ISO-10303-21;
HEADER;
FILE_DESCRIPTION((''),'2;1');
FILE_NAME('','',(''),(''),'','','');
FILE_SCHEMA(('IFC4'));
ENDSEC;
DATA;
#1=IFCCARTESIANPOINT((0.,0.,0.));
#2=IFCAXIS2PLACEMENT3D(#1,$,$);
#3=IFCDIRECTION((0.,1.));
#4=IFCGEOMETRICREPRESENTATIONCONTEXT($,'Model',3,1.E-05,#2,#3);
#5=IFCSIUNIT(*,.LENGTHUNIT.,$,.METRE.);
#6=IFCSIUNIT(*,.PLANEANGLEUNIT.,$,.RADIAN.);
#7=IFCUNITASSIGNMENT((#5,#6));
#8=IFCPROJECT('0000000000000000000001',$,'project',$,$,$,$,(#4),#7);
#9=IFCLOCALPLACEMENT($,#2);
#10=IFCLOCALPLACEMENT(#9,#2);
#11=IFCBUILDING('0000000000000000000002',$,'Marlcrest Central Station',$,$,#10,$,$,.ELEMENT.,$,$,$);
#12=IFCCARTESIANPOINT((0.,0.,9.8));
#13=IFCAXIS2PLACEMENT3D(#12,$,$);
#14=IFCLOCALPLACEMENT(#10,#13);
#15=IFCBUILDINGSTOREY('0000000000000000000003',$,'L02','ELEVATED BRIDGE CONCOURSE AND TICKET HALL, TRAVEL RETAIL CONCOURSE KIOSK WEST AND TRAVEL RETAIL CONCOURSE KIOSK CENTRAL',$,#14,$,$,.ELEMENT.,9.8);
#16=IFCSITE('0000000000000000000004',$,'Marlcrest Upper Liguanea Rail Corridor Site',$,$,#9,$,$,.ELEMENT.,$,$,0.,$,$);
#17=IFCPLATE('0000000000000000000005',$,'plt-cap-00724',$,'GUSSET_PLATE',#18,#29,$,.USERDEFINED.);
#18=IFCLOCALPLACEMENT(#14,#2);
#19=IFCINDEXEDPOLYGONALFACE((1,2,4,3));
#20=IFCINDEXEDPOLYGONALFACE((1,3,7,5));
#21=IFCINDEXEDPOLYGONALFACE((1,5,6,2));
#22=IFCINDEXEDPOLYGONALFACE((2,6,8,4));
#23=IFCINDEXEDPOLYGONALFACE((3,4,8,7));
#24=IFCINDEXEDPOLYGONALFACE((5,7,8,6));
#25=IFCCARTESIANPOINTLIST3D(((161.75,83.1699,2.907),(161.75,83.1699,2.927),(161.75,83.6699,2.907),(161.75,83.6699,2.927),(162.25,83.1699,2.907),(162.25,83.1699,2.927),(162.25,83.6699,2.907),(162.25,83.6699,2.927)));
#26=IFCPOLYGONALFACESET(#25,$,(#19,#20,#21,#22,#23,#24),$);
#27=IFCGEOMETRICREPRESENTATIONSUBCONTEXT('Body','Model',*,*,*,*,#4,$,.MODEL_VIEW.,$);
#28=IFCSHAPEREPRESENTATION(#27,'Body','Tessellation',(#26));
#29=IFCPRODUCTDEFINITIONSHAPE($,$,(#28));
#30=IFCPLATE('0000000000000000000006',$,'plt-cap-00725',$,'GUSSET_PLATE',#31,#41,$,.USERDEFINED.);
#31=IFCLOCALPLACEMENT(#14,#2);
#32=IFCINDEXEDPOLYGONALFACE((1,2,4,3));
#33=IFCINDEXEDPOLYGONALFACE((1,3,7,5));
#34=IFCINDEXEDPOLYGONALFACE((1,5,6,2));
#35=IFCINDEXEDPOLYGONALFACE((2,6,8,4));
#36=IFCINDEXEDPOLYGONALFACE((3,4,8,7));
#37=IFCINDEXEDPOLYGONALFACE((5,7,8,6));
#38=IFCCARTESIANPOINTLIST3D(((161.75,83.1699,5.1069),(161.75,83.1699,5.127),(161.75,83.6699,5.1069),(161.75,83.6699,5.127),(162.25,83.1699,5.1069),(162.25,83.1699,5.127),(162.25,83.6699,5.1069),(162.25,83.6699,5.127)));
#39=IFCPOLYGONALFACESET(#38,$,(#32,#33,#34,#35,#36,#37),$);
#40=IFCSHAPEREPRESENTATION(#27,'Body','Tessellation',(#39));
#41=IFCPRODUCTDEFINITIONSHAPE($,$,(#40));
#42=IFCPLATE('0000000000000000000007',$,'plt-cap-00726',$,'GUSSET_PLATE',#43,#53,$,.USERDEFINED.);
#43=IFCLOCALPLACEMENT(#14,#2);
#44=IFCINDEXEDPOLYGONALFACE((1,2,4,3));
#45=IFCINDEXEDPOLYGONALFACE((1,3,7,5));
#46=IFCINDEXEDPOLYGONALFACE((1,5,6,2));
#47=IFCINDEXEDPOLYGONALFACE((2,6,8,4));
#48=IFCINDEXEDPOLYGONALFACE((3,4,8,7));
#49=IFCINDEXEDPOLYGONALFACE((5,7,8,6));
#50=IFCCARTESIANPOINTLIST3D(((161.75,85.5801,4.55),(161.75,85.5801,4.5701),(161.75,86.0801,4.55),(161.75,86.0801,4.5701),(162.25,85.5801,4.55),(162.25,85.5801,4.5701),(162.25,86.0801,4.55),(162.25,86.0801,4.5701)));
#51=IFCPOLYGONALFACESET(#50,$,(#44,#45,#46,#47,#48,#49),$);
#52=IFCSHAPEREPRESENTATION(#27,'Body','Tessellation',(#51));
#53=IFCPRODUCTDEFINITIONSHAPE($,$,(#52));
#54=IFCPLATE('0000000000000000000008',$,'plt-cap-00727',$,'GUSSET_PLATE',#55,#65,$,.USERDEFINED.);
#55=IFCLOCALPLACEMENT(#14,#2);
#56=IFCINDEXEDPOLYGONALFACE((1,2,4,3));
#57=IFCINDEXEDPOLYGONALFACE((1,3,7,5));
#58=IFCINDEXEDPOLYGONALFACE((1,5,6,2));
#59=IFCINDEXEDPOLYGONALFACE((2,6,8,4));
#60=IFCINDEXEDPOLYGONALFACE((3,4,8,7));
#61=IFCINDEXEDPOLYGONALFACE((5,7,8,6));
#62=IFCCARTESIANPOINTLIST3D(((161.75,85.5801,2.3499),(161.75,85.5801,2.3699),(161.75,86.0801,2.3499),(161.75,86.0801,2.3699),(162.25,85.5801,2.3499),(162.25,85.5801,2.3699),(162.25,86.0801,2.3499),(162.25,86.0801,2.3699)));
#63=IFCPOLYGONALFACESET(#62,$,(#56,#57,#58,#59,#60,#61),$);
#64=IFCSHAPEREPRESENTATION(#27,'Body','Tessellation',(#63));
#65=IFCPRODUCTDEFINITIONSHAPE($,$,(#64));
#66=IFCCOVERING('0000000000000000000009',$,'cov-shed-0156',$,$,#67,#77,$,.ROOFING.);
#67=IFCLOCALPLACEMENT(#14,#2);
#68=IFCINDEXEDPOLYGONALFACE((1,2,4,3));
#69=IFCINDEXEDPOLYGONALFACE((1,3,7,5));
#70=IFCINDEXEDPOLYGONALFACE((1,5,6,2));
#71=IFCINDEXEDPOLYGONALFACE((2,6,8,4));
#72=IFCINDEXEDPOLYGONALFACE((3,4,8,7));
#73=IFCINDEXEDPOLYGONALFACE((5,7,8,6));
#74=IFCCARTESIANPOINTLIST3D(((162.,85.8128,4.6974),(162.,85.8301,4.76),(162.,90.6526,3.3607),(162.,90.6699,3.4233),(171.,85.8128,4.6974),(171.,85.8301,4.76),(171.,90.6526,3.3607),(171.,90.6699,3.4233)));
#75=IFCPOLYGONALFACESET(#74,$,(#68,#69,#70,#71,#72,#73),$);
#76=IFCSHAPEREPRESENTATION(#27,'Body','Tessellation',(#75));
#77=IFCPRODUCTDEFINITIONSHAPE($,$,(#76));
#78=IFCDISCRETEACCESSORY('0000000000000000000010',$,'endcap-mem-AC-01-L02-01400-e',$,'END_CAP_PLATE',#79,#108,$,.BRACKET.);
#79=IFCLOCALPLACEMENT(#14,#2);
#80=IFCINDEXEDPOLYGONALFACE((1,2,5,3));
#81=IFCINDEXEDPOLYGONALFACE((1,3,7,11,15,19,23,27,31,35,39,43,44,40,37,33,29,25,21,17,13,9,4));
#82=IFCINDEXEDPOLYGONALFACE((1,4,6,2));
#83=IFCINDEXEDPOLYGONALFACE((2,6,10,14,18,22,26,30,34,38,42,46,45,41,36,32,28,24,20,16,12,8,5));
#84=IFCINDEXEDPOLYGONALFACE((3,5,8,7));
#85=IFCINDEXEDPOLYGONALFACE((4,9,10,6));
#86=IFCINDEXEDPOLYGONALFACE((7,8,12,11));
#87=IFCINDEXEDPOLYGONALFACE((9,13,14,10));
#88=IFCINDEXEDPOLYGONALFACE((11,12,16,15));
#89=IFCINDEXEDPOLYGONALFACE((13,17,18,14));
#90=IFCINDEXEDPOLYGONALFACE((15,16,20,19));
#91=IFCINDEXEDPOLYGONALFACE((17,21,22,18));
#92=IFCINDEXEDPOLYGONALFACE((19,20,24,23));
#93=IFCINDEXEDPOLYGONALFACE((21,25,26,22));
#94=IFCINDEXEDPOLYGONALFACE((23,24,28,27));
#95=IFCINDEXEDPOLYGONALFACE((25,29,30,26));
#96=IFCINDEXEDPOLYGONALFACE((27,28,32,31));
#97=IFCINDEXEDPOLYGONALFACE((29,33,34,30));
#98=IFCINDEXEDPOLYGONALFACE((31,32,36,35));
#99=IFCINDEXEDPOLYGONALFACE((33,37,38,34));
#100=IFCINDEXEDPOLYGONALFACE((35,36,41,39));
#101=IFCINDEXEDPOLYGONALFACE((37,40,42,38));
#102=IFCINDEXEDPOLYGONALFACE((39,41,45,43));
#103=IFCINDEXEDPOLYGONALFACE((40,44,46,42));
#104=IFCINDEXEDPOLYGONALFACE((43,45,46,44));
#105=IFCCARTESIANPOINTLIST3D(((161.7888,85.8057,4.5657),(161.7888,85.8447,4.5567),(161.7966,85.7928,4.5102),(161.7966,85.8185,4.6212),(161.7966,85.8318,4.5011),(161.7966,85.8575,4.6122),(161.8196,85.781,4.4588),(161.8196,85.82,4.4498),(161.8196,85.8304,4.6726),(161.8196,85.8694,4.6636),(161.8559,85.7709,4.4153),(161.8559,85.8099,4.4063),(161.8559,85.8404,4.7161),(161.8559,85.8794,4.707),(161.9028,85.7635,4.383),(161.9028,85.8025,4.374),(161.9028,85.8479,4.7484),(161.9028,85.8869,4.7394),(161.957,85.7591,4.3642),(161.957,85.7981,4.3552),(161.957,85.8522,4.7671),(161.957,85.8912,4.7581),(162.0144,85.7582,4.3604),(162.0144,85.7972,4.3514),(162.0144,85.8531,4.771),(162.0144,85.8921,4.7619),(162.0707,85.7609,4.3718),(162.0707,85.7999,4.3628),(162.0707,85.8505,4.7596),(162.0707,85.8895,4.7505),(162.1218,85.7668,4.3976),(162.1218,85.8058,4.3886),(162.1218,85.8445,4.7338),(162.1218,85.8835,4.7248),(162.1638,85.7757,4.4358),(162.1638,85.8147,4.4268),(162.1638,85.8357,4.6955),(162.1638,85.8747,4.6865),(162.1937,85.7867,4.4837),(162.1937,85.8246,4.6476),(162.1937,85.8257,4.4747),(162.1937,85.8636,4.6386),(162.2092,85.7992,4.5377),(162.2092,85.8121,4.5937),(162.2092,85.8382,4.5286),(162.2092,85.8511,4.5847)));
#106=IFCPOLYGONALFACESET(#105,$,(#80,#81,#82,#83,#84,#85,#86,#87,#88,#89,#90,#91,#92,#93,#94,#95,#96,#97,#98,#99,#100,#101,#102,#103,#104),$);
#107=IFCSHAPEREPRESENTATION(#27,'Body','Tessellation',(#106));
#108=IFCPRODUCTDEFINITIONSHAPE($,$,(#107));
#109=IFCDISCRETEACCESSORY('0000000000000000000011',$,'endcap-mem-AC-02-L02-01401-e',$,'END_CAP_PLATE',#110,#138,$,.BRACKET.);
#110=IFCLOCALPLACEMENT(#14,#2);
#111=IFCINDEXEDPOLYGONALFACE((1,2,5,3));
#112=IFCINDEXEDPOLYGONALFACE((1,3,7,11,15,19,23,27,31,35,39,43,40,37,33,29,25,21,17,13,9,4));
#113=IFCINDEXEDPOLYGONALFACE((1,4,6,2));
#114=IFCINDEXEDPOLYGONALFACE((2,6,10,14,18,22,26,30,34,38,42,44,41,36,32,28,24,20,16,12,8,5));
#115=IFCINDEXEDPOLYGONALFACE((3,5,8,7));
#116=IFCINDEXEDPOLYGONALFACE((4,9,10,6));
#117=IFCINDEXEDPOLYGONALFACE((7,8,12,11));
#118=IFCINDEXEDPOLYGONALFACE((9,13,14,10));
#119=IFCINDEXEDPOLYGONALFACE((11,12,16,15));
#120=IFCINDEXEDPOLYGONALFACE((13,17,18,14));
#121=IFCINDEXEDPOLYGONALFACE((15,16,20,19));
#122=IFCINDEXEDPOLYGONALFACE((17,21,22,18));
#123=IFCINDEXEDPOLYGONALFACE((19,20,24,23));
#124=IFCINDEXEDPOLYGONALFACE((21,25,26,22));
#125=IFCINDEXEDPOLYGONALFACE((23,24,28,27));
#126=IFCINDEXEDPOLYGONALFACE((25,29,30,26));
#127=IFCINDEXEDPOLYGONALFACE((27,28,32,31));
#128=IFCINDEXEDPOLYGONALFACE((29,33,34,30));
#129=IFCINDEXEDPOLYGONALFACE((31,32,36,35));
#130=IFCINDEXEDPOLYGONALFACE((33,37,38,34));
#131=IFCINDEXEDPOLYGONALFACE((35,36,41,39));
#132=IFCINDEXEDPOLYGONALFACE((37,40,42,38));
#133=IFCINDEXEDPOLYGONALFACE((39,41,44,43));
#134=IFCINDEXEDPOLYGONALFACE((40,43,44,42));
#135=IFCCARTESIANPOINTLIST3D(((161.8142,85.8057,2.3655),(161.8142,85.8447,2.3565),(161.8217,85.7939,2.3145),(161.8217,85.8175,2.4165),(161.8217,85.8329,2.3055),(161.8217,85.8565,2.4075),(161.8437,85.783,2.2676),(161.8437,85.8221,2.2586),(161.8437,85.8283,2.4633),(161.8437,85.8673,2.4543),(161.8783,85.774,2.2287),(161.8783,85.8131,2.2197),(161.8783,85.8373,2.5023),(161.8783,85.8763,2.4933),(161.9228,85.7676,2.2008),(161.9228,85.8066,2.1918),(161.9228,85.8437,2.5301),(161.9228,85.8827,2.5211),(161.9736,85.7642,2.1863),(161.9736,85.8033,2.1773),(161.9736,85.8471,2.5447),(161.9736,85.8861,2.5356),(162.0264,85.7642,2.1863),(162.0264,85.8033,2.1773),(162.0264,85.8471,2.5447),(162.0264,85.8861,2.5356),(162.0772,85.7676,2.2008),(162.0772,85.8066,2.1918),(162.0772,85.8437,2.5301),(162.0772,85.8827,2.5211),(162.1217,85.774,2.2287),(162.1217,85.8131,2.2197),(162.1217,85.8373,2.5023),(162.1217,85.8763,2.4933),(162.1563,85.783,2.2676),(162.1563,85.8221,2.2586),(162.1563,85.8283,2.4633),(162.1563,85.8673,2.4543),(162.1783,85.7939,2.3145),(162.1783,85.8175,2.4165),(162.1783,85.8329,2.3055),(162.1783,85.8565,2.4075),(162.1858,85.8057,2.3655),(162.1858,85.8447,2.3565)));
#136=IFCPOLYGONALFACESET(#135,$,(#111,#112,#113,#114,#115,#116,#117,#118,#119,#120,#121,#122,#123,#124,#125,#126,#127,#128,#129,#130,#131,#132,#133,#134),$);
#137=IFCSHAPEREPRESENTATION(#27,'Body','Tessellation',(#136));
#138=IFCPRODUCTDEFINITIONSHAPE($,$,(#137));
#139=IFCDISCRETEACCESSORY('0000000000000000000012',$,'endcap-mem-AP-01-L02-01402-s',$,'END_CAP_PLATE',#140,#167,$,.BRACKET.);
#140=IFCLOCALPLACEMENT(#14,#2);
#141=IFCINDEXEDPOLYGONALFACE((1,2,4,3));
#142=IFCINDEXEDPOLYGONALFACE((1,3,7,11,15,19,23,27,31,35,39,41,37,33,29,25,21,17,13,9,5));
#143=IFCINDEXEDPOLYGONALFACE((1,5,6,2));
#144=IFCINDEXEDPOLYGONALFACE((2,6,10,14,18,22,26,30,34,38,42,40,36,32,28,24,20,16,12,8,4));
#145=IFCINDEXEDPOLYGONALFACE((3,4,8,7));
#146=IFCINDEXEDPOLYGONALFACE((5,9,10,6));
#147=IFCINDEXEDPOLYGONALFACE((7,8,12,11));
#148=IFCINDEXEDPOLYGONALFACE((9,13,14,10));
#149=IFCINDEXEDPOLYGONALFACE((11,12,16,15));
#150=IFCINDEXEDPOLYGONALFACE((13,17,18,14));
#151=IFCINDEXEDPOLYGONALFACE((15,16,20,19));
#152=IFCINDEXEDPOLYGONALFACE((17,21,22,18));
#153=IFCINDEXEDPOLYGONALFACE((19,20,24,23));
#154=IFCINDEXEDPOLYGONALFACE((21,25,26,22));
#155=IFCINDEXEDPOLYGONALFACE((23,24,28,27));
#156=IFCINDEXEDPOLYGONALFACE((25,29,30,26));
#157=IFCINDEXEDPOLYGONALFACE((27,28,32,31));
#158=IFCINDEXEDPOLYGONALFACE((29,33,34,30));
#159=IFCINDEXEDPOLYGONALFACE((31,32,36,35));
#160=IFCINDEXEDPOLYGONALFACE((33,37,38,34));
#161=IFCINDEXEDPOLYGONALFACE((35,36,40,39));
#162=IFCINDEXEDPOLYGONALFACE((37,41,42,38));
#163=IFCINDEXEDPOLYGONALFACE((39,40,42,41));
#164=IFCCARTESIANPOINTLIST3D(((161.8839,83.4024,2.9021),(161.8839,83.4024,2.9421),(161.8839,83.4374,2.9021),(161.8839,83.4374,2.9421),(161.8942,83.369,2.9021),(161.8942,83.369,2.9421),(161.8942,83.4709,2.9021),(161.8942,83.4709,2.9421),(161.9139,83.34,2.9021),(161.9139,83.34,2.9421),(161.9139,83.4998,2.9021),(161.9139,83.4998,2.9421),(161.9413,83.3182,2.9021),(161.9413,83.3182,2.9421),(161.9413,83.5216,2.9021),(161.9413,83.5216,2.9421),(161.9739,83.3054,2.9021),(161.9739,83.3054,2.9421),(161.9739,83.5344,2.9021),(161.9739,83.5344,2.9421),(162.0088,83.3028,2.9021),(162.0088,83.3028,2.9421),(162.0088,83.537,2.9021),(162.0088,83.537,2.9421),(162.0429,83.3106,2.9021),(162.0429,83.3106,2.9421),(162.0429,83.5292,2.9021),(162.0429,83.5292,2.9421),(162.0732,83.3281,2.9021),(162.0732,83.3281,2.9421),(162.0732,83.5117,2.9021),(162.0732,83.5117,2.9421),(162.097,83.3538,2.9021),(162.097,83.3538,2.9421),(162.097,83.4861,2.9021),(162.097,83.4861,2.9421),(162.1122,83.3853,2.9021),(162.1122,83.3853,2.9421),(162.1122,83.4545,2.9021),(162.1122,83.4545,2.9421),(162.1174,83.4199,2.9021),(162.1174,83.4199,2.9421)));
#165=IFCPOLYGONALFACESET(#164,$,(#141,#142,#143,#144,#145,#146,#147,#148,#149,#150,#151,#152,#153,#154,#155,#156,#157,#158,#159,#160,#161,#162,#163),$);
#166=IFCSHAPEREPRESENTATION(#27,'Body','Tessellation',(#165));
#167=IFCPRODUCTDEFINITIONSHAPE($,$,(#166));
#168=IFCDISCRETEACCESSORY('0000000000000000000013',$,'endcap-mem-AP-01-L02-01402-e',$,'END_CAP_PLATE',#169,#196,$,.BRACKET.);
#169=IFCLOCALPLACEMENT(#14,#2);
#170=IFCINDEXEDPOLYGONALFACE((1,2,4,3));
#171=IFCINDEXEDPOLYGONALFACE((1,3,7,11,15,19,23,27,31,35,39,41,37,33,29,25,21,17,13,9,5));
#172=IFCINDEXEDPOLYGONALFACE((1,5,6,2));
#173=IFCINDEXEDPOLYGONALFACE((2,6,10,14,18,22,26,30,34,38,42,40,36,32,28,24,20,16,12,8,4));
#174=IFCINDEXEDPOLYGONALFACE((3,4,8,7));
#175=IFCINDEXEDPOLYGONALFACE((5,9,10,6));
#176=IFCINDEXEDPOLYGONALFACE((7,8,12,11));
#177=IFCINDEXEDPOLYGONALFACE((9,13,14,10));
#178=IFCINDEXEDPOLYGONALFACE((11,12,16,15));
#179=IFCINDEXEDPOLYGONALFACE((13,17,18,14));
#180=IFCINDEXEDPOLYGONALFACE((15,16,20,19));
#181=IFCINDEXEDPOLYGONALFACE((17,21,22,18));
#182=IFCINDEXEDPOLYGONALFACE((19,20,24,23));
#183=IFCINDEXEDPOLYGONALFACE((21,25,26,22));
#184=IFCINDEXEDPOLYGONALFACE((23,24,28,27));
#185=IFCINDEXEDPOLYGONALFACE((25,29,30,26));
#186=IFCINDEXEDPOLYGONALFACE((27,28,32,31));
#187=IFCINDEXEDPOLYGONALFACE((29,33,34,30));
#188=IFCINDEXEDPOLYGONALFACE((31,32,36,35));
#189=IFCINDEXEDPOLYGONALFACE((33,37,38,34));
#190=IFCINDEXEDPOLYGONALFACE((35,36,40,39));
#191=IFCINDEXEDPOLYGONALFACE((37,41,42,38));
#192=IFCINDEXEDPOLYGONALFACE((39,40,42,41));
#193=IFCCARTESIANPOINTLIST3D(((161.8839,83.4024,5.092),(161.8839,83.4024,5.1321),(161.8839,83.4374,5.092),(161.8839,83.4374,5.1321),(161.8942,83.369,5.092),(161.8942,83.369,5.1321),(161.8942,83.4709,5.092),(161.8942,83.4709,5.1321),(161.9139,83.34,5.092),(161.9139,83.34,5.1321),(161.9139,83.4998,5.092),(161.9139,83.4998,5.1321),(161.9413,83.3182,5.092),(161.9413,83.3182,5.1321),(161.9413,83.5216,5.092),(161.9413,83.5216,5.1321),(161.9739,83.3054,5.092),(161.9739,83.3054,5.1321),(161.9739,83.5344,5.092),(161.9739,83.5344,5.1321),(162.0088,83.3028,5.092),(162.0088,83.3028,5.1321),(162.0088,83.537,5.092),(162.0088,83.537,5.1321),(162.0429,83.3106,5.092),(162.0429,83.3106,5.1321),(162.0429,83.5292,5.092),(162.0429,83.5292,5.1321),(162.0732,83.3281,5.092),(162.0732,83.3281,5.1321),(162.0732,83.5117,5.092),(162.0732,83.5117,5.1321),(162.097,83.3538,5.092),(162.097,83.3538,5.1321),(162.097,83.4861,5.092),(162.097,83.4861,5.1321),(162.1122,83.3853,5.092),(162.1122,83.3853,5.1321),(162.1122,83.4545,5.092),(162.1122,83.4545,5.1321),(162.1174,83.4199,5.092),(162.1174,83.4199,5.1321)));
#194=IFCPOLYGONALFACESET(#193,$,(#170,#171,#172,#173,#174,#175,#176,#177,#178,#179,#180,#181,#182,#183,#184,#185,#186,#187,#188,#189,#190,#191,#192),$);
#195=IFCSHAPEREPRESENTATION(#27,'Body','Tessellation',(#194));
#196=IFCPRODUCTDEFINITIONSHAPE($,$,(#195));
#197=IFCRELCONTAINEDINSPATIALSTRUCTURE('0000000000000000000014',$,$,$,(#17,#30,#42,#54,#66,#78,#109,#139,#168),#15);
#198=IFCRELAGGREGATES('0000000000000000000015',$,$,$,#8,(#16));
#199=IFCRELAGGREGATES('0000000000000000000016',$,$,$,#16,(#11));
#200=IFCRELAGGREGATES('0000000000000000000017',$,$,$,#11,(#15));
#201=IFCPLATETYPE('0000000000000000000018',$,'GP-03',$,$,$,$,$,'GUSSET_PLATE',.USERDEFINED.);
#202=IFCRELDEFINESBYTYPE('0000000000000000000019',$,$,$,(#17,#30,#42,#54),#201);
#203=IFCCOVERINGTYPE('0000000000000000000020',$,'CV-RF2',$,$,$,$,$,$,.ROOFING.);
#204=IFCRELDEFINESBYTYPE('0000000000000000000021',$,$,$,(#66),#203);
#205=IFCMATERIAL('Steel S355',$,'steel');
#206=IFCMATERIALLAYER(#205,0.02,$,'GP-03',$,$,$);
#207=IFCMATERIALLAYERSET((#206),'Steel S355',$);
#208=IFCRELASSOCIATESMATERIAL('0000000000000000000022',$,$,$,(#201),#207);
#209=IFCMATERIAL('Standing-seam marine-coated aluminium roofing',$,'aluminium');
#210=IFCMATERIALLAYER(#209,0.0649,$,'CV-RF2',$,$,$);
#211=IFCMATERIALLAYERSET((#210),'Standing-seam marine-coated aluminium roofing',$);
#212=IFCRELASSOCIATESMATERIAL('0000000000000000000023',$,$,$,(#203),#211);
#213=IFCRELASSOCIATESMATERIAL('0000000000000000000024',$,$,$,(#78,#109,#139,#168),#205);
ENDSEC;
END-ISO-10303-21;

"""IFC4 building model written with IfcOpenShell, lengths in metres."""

from ifc_helpers import new_model, si_unit, direction, frame, origin, origin_2d, place, context, subcontext, project, spatial, polyline, rectangle, circle, outline, extrude, material, layer, layer_set, type_object, element, save


model = new_model("IFC4")

# Units and contexts
model_context = context("Model", 3, precision=1e-05, world=origin(), true_north=direction((0.0, 1.0)))
body_context = subcontext(model_context, "Body", "Model", "MODEL_VIEW")
ifc_project = project(units=[si_unit("LENGTHUNIT", "METRE"), si_unit("PLANEANGLEUNIT", "RADIAN")], contexts=[model_context])

# Site, building, storey
site_placement = place(None, origin())
site = spatial("IfcSite", under=ifc_project, at=site_placement, Name="Marlcrest Upper Liguanea Rail Corridor Site", CompositionType="ELEMENT", RefElevation=0.0)
building_placement = place(site_placement, origin())
building = spatial("IfcBuilding", under=site, at=building_placement, Name="Marlcrest Central Station", CompositionType="ELEMENT")
storey_placement = place(building_placement, frame((0.0, 0.0, 9.8)))
storey = spatial("IfcBuildingStorey", under=building, at=storey_placement, Name="L02", Description="ELEVATED BRIDGE CONCOURSE AND TICKET HALL, TRAVEL RETAIL CONCOURSE KIOSK WEST AND TRAVEL RETAIL CONCOURSE KIOSK CENTRAL", CompositionType="ELEMENT", Elevation=9.8)

# Shared definitions
ifc_material_1 = material(Name="Steel S355", Category="steel")

# Plates
ifc_layer_1 = layer(ifc_material_1, 0.02, Name="GP-03")
ifc_layer_set_1 = layer_set([ifc_layer_1], Name="Steel S355")
plate_type = type_object("IfcPlateType", Name="GP-03", ElementType="GUSSET_PLATE", PredefinedType="USERDEFINED", material=ifc_layer_set_1)
for number, where, z_axis, x_axis, name in (
    (1, (162.0, 83.4199, 2.907), (0.0, 0.0, 1.0), (1.0, 0.0, 0.0), "plt-cap-00724"),
    (2, (162.0, 83.4199, 5.1069), (0.0, 0.0, 1.0), (1.0, 0.0, 0.0), "plt-cap-00725"),
    (3, (162.0, 85.8301, 4.55), (0.0, 0.0, 1.0), (1.0, 0.0, 0.0), "plt-cap-00726"),
    (4, (162.0, 85.8301, 2.3499), (0.0, 0.0, 1.0), (1.0, 0.0, 0.0), "plt-cap-00727"),
):
    element("IfcPlate", number, at=place(storey_placement, frame(where, z_axis=z_axis, x_axis=x_axis)), inside=storey, type_object=plate_type, Name=name, ObjectType="GUSSET_PLATE", PredefinedType="USERDEFINED", context=body_context, shape_type="SweptSolid", body=[
        extrude(rectangle(XDim=0.5, YDim=0.5, at=origin_2d()), origin(), (0.0, 0.0, 1.0), 0.02),
    ])

# Covering
ifc_material_2 = material(Name="Standing-seam marine-coated aluminium roofing", Category="aluminium")
ifc_layer_2 = layer(ifc_material_2, 0.0649, Name="CV-RF2")
ifc_layer_set_2 = layer_set([ifc_layer_2], Name="Standing-seam marine-coated aluminium roofing")
covering_type = type_object("IfcCoveringType", Name="CV-RF2", PredefinedType="ROOFING", material=ifc_layer_set_2)
covering_placement = place(storey_placement, frame((162.0, 85.8301, 4.76), z_axis=(0.0, 0.266214, 0.963914), x_axis=(1.0, 0.0, 0.0)))
element("IfcCovering", 5, at=covering_placement, inside=storey, type_object=covering_type, Name="cov-shed-0156", PredefinedType="ROOFING", context=body_context, shape_type="SweptSolid", body=[
    extrude(outline(polyline([(0.0, 0.0), (9.0, 0.0), (9.0, 5.021), (0.0, 5.021), (0.0, 0.0)])), origin(), (0.0, 0.0, -1.0), 0.0649),
])

# Discrete accessories
discrete_accessory_1_placement = place(storey_placement, frame((162.0, 85.8057, 4.5657), z_axis=(0.0, 0.97433, -0.225126), x_axis=(-1.0, 0.0, 0.0)))
element("IfcDiscreteAccessory", 6, at=discrete_accessory_1_placement, inside=storey, material=ifc_material_1, Name="endcap-mem-AC-01-L02-01400-e", ObjectType="END_CAP_PLATE", PredefinedType="BRACKET", context=body_context, shape_type="SweptSolid", body=[
    extrude(circle(Radius=0.2112, at=origin_2d()), origin(), (0.0, 0.0, 1.0), 0.04),
])
discrete_accessory_2_placement = place(storey_placement, frame((162.0, 85.8057, 2.3655), z_axis=(0.0, 0.974308, -0.22522), x_axis=(-1.0, 0.0, 0.0)))
element("IfcDiscreteAccessory", 7, at=discrete_accessory_2_placement, inside=storey, material=ifc_material_1, Name="endcap-mem-AC-02-L02-01401-e", ObjectType="END_CAP_PLATE", PredefinedType="BRACKET", context=body_context, shape_type="SweptSolid", body=[
    extrude(circle(Radius=0.1858, at=origin_2d()), origin(), (0.0, 0.0, 1.0), 0.04),
])
for number, where, z_axis, x_axis, name in (
    (8, (162.0, 83.4199, 2.9021), (0.0, 0.0, 1.0), (1.0, 0.0, 0.0), "endcap-mem-AP-01-L02-01402-s"),
    (9, (162.0, 83.4199, 5.092), (0.0, 0.0, 1.0), (1.0, 0.0, 0.0), "endcap-mem-AP-01-L02-01402-e"),
):
    element("IfcDiscreteAccessory", number, at=place(storey_placement, frame(where, z_axis=z_axis, x_axis=x_axis)), inside=storey, material=ifc_material_1, Name=name, ObjectType="END_CAP_PLATE", PredefinedType="BRACKET", context=body_context, shape_type="SweptSolid", body=[
        extrude(circle(Radius=0.1174, at=origin_2d()), origin(), (0.0, 0.0, 1.0), 0.04),
    ])

save(model, "model.ifc")
